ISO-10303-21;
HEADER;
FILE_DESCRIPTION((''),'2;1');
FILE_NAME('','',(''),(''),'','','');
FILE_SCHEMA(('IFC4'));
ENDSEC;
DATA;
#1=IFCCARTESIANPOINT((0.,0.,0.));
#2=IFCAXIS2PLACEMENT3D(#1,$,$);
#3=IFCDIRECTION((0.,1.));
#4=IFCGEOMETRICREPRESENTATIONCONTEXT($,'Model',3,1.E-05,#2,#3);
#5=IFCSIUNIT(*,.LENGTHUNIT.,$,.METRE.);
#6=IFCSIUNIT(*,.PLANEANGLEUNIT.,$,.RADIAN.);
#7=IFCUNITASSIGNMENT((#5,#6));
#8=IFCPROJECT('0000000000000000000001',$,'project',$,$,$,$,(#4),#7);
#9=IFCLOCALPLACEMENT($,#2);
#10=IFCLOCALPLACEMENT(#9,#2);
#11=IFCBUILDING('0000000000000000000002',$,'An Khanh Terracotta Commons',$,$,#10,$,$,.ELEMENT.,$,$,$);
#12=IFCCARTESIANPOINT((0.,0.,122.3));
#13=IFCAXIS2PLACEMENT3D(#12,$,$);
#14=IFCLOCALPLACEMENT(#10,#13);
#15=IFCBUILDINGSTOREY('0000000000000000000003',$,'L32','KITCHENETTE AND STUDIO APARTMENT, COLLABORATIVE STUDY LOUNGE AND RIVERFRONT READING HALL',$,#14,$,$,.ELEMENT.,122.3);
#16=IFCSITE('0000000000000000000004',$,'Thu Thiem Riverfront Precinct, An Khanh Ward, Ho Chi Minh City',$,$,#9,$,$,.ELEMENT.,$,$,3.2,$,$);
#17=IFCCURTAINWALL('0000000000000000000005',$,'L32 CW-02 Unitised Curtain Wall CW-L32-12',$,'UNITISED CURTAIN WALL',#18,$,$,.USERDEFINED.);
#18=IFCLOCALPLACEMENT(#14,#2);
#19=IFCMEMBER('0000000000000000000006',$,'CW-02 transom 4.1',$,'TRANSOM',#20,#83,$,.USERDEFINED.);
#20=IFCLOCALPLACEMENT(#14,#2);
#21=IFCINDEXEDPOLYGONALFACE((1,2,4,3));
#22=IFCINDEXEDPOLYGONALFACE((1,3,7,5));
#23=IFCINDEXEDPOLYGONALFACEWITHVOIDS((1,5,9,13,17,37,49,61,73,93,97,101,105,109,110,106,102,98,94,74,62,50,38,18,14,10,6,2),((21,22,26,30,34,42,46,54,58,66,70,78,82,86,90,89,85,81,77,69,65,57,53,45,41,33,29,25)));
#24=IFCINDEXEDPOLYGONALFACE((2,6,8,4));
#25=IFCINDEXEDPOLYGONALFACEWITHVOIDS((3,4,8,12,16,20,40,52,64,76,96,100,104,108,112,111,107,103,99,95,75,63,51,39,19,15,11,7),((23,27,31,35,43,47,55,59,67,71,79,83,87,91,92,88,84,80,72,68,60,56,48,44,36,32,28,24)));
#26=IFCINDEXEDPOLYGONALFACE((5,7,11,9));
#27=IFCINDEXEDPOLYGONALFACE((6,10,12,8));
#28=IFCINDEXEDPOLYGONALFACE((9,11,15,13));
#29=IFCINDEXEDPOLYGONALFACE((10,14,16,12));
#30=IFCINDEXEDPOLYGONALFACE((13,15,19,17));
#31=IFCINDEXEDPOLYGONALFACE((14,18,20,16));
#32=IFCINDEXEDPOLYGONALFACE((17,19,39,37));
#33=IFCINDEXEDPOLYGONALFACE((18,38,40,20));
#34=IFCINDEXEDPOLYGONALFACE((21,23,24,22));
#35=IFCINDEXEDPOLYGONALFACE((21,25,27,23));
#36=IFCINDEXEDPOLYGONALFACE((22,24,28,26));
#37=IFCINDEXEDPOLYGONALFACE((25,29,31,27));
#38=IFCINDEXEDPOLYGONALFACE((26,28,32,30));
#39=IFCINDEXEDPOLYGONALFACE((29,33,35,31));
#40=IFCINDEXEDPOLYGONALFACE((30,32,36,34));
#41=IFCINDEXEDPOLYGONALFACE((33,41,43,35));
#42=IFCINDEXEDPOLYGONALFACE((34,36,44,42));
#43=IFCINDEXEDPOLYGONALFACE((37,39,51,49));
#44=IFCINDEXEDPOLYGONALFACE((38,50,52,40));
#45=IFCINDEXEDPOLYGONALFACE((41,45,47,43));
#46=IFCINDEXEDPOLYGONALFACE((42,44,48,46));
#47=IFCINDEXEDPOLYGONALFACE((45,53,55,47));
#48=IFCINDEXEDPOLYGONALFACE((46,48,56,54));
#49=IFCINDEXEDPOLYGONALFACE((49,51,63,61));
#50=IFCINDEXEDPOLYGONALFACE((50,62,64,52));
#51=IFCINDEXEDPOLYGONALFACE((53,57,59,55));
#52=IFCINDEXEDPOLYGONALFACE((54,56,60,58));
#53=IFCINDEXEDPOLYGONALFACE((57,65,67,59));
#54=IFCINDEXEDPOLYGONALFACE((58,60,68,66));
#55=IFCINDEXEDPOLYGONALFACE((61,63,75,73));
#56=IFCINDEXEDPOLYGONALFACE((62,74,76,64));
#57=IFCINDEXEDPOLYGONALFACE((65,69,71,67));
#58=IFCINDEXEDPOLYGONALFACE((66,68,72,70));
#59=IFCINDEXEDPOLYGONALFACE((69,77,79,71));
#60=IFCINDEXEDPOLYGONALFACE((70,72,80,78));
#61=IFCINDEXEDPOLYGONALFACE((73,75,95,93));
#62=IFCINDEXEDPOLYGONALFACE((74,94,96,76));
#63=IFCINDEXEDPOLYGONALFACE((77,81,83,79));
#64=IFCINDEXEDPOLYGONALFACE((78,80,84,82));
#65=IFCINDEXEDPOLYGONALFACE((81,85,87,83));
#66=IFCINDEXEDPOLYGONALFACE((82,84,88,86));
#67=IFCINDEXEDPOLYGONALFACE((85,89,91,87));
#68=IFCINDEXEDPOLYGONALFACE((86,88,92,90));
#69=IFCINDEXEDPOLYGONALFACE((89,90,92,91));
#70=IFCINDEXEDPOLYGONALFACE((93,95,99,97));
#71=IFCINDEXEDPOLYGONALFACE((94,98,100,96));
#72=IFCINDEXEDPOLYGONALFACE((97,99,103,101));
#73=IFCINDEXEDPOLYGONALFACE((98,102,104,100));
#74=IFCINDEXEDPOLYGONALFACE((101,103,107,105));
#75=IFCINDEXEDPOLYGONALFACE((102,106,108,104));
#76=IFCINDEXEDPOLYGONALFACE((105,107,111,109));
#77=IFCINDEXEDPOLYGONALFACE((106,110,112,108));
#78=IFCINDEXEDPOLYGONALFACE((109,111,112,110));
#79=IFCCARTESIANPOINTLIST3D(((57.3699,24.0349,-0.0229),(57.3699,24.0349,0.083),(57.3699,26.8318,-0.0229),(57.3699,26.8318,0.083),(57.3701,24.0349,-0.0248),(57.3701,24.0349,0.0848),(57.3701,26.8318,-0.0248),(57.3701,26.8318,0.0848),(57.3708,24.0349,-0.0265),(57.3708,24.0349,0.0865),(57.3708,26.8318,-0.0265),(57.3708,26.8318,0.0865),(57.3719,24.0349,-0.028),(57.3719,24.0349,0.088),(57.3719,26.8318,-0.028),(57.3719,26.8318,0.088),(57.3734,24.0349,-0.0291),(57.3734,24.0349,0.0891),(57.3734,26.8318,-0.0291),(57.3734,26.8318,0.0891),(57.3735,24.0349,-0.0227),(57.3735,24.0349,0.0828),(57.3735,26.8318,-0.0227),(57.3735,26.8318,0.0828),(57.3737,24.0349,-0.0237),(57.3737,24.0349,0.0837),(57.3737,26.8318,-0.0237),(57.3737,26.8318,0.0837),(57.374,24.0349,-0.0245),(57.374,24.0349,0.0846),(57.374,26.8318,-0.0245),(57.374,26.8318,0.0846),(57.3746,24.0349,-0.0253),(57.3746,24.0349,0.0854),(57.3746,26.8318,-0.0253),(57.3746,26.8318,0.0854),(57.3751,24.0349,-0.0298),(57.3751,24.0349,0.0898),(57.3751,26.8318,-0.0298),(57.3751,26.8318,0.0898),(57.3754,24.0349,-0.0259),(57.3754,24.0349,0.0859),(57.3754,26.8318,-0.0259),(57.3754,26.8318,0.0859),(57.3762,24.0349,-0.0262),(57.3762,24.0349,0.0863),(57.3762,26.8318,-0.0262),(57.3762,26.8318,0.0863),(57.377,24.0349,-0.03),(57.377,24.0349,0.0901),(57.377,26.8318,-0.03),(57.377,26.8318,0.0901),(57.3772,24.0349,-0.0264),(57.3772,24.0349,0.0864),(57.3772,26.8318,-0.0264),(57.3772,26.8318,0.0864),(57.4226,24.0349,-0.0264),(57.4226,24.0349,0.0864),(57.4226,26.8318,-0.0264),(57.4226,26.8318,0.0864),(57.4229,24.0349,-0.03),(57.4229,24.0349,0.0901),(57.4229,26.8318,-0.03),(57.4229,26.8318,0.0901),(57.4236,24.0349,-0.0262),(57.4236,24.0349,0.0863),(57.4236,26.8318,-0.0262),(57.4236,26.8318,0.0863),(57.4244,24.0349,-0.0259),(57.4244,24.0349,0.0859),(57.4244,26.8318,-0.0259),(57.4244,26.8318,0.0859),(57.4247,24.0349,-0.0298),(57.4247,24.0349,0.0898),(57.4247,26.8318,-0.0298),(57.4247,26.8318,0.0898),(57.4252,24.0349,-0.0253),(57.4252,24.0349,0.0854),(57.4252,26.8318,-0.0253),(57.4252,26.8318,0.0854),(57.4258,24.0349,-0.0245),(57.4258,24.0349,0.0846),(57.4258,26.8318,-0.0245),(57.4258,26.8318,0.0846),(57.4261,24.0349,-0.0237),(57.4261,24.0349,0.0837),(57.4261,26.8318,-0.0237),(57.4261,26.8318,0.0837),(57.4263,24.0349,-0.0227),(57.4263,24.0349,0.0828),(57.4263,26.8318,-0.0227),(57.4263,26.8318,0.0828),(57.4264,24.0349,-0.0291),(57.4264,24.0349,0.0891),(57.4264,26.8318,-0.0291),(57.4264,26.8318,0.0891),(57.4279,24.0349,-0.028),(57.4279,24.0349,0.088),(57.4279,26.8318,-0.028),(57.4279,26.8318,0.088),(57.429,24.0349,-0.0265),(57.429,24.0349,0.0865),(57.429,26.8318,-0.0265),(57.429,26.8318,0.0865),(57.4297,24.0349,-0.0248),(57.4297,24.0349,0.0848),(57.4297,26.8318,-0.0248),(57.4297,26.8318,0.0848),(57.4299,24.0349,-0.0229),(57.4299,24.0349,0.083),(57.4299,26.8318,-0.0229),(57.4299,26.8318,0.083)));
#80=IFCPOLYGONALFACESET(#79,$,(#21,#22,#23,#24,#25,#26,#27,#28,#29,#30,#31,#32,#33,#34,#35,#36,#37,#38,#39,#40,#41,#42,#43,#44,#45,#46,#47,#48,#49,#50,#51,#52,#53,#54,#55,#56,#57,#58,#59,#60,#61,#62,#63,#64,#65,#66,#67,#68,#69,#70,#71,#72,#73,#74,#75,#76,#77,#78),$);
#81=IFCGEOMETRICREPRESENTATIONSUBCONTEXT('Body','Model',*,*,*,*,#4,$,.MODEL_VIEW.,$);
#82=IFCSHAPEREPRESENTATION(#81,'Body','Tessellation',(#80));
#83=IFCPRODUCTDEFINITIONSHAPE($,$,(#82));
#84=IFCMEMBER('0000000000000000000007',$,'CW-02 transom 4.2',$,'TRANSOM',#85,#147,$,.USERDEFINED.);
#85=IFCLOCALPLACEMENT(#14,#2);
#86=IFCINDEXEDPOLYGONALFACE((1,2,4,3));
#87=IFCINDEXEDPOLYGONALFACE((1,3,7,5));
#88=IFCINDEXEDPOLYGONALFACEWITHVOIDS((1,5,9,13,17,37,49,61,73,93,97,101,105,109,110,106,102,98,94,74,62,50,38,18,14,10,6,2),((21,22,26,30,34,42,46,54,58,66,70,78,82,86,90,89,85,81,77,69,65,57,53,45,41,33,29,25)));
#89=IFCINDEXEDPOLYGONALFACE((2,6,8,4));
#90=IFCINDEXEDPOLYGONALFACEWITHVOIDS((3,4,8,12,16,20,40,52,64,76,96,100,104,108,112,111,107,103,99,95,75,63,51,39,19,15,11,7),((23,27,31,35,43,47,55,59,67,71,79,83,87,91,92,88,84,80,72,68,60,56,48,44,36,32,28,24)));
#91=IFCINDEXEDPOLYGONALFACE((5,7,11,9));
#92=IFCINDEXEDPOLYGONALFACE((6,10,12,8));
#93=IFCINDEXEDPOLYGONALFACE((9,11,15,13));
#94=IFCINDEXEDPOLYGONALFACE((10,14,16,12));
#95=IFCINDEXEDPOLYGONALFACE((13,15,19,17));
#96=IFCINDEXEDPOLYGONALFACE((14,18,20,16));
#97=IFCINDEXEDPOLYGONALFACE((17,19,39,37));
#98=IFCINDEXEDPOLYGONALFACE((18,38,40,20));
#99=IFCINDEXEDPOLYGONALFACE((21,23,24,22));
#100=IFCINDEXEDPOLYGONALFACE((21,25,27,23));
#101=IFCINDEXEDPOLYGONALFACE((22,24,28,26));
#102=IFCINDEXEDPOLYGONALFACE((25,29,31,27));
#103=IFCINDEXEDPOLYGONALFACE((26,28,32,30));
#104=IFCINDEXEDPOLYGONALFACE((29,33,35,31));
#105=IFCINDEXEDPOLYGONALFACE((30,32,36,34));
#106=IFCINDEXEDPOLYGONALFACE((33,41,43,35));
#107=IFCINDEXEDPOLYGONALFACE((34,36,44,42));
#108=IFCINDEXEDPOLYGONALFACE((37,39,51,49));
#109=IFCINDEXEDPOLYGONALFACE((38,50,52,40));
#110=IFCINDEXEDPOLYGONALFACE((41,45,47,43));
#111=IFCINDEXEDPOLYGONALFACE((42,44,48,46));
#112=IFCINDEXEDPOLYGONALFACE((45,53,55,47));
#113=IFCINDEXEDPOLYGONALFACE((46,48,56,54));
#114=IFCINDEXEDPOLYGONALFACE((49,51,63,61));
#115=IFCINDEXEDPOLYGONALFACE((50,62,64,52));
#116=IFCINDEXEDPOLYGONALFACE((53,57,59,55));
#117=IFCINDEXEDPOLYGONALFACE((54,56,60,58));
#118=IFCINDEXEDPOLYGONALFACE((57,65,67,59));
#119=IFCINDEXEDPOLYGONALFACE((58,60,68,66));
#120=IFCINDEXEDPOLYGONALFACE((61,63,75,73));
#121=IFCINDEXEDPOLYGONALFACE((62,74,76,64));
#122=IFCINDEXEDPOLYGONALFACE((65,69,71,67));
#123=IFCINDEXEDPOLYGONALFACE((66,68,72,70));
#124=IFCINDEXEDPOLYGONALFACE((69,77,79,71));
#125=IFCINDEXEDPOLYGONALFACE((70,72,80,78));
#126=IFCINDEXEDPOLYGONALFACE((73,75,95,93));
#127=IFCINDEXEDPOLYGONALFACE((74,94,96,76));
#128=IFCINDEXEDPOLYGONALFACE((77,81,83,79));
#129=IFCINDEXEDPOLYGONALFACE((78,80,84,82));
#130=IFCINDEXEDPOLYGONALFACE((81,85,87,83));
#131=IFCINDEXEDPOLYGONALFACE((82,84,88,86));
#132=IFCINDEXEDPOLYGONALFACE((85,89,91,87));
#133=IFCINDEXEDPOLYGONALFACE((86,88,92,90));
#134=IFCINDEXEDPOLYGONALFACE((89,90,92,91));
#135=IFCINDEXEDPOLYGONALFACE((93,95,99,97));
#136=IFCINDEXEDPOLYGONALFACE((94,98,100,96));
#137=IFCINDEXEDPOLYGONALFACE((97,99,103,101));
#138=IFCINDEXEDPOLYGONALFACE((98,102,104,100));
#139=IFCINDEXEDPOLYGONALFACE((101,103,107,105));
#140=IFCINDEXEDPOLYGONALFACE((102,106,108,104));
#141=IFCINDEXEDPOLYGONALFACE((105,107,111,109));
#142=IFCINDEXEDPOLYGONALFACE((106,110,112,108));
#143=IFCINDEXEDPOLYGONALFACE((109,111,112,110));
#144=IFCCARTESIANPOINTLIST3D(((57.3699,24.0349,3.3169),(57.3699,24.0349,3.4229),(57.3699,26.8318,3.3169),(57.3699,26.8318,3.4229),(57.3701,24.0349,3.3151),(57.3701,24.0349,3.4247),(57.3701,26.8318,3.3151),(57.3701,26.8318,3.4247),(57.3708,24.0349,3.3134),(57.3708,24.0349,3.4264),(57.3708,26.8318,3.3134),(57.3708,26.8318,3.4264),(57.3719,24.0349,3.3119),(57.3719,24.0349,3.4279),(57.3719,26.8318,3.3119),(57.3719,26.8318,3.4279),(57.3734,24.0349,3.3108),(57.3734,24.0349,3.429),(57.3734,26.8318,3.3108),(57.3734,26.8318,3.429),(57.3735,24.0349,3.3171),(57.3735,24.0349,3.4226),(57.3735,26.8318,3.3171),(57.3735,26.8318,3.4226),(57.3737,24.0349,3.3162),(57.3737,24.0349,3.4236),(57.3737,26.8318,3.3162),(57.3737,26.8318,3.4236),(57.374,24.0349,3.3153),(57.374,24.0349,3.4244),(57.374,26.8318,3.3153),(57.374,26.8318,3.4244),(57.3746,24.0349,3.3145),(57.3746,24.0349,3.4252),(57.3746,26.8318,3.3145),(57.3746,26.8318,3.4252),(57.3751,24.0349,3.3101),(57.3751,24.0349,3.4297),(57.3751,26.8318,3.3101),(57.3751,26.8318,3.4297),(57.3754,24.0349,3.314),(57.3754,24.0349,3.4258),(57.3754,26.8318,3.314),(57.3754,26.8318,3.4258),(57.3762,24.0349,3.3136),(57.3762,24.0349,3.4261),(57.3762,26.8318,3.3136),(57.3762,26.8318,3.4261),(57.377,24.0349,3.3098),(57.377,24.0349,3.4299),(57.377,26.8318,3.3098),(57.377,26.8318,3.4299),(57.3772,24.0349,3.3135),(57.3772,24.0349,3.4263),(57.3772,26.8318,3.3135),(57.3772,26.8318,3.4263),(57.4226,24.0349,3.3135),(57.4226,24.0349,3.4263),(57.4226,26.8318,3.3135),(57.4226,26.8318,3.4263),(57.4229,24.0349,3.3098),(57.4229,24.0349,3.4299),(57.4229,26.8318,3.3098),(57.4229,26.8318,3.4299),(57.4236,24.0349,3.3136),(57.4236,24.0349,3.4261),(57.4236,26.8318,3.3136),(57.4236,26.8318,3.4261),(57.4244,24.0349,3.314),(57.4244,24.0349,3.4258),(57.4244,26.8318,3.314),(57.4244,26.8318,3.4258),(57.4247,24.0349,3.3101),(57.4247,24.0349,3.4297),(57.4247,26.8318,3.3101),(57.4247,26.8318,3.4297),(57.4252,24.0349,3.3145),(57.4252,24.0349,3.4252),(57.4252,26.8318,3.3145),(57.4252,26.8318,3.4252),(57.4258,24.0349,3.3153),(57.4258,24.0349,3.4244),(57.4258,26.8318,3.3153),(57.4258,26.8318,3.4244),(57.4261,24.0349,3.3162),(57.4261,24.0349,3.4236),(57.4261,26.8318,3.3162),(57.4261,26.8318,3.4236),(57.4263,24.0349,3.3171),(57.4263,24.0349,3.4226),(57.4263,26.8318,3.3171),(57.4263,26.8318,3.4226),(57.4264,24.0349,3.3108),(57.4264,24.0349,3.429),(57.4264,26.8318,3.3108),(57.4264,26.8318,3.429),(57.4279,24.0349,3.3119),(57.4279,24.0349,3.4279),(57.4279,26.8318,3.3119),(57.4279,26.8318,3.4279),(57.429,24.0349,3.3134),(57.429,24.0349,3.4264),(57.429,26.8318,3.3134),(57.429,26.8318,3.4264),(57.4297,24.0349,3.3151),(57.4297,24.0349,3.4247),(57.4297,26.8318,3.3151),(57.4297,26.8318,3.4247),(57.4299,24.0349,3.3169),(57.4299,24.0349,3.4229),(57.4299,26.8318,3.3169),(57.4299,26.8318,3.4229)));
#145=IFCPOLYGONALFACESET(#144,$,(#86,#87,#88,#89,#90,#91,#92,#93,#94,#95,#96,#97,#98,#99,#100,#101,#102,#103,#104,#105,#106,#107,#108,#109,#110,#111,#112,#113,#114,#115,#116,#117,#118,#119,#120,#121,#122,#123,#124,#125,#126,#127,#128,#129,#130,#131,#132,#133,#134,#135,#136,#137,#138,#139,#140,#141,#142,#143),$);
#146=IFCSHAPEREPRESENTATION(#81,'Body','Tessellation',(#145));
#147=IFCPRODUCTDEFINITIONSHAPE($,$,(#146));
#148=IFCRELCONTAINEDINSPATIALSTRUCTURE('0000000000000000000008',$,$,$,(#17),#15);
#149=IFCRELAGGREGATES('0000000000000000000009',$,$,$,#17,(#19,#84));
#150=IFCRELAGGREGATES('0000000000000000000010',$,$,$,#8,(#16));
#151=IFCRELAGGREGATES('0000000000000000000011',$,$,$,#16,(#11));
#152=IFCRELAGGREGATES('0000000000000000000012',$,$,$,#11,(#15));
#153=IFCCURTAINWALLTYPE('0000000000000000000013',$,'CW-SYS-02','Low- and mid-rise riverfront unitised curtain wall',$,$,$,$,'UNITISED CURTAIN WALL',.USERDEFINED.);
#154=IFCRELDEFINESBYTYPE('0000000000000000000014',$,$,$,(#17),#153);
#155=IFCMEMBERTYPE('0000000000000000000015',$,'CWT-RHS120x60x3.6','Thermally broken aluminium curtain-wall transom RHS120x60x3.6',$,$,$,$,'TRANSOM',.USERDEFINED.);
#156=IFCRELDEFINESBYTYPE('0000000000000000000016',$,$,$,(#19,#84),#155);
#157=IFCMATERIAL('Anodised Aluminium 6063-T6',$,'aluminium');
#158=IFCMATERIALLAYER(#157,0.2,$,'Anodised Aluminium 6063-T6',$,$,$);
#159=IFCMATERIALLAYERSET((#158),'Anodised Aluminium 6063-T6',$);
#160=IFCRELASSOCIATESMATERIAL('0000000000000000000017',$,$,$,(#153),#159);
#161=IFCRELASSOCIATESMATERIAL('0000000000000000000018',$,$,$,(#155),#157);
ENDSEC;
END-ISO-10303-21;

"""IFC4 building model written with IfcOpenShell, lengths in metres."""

from ifc_helpers import new_model, si_unit, direction, frame, origin, origin_2d, place, context, subcontext, project, spatial, hollow_rectangle, extrude, material, layer, layer_set, material_profile, profile_set, type_object, element, aggregate, save


model = new_model("IFC4")

# Units and contexts
model_context = context("Model", 3, precision=1e-05, world=origin(), true_north=direction((0.0, 1.0)))
body_context = subcontext(model_context, "Body", "Model", "MODEL_VIEW")
ifc_project = project(units=[si_unit("LENGTHUNIT", "METRE"), si_unit("PLANEANGLEUNIT", "RADIAN")], contexts=[model_context])

# Site, building, storey
site_placement = place(None, origin())
site = spatial("IfcSite", under=ifc_project, at=site_placement, Name="Thu Thiem Riverfront Precinct, An Khanh Ward, Ho Chi Minh City", CompositionType="ELEMENT", RefElevation=3.2)
building_placement = place(site_placement, origin())
building = spatial("IfcBuilding", under=site, at=building_placement, Name="An Khanh Terracotta Commons", CompositionType="ELEMENT")
storey_placement = place(building_placement, frame((0.0, 0.0, 122.3)))
storey = spatial("IfcBuildingStorey", under=building, at=storey_placement, Name="L32", Description="KITCHENETTE AND STUDIO APARTMENT, COLLABORATIVE STUDY LOUNGE AND RIVERFRONT READING HALL", CompositionType="ELEMENT", Elevation=122.3)

# Curtain wall
ifc_material_1 = material(Name="Anodised Aluminium 6063-T6", Category="aluminium")
ifc_layer_1 = layer(ifc_material_1, 0.2, Name="Anodised Aluminium 6063-T6")
ifc_layer_set_1 = layer_set([ifc_layer_1], Name="Anodised Aluminium 6063-T6")
curtain_wall_type = type_object("IfcCurtainWallType", Name="CW-SYS-02", Description="Low- and mid-rise riverfront unitised curtain wall", ElementType="UNITISED CURTAIN WALL", PredefinedType="USERDEFINED", material=ifc_layer_set_1)
curtain_wall_1_placement = place(storey_placement, origin())
curtain_wall_1 = element("IfcCurtainWall", 1, at=curtain_wall_1_placement, inside=storey, type_object=curtain_wall_type, Name="L32 CW-02 Unitised Curtain Wall CW-L32-12", ObjectType="UNITISED CURTAIN WALL", PredefinedType="USERDEFINED")

# Members
ifc_material_profile_1 = material_profile(ifc_material_1, hollow_rectangle(XDim=0.0601, YDim=0.1201, WallThickness=0.0037, InnerFilletRadius=0.0037, OuterFilletRadius=0.0071, at=origin_2d()), Name="RHS120x60x3.6")
ifc_profile_set_1 = profile_set([ifc_material_profile_1], Name="Anodised Aluminium 6063-T6")
member_type_1 = type_object("IfcMemberType", Name="CWT-RHS120x60x3.6", Description="Thermally broken aluminium curtain-wall transom RHS120x60x3.6", ElementType="TRANSOM", PredefinedType="USERDEFINED", material=ifc_profile_set_1)
member_1_placement = place(storey_placement, frame((57.3999, 24.0349, 0.03), z_axis=(0.0, 1.0, 0.0), x_axis=(-1.0, 0.0, 0.0)))
member_1 = element("IfcMember", 2, at=member_1_placement, type_object=member_type_1, Name="CW-02 transom 4.1", ObjectType="TRANSOM", PredefinedType="USERDEFINED", context=body_context, shape_type="SweptSolid", body=[
    extrude(hollow_rectangle(XDim=0.0601, YDim=0.1201, WallThickness=0.0037, InnerFilletRadius=0.0037, OuterFilletRadius=0.0071, at=origin_2d()), origin(), (0.0, 0.0, 1.0), 2.7969),
])
member_2_placement = place(storey_placement, frame((57.3999, 24.0349, 3.3699), z_axis=(0.0, 1.0, 0.0), x_axis=(-1.0, 0.0, 0.0)))
member_2 = element("IfcMember", 3, at=member_2_placement, type_object=member_type_1, Name="CW-02 transom 4.2", ObjectType="TRANSOM", PredefinedType="USERDEFINED", context=body_context, shape_type="SweptSolid", body=[
    extrude(hollow_rectangle(XDim=0.0601, YDim=0.1201, WallThickness=0.0037, InnerFilletRadius=0.0037, OuterFilletRadius=0.0071, at=origin_2d()), origin(), (0.0, 0.0, 1.0), 2.7969),
])

aggregate(curtain_wall_1, [member_1, member_2])

save(model, "model.ifc")
